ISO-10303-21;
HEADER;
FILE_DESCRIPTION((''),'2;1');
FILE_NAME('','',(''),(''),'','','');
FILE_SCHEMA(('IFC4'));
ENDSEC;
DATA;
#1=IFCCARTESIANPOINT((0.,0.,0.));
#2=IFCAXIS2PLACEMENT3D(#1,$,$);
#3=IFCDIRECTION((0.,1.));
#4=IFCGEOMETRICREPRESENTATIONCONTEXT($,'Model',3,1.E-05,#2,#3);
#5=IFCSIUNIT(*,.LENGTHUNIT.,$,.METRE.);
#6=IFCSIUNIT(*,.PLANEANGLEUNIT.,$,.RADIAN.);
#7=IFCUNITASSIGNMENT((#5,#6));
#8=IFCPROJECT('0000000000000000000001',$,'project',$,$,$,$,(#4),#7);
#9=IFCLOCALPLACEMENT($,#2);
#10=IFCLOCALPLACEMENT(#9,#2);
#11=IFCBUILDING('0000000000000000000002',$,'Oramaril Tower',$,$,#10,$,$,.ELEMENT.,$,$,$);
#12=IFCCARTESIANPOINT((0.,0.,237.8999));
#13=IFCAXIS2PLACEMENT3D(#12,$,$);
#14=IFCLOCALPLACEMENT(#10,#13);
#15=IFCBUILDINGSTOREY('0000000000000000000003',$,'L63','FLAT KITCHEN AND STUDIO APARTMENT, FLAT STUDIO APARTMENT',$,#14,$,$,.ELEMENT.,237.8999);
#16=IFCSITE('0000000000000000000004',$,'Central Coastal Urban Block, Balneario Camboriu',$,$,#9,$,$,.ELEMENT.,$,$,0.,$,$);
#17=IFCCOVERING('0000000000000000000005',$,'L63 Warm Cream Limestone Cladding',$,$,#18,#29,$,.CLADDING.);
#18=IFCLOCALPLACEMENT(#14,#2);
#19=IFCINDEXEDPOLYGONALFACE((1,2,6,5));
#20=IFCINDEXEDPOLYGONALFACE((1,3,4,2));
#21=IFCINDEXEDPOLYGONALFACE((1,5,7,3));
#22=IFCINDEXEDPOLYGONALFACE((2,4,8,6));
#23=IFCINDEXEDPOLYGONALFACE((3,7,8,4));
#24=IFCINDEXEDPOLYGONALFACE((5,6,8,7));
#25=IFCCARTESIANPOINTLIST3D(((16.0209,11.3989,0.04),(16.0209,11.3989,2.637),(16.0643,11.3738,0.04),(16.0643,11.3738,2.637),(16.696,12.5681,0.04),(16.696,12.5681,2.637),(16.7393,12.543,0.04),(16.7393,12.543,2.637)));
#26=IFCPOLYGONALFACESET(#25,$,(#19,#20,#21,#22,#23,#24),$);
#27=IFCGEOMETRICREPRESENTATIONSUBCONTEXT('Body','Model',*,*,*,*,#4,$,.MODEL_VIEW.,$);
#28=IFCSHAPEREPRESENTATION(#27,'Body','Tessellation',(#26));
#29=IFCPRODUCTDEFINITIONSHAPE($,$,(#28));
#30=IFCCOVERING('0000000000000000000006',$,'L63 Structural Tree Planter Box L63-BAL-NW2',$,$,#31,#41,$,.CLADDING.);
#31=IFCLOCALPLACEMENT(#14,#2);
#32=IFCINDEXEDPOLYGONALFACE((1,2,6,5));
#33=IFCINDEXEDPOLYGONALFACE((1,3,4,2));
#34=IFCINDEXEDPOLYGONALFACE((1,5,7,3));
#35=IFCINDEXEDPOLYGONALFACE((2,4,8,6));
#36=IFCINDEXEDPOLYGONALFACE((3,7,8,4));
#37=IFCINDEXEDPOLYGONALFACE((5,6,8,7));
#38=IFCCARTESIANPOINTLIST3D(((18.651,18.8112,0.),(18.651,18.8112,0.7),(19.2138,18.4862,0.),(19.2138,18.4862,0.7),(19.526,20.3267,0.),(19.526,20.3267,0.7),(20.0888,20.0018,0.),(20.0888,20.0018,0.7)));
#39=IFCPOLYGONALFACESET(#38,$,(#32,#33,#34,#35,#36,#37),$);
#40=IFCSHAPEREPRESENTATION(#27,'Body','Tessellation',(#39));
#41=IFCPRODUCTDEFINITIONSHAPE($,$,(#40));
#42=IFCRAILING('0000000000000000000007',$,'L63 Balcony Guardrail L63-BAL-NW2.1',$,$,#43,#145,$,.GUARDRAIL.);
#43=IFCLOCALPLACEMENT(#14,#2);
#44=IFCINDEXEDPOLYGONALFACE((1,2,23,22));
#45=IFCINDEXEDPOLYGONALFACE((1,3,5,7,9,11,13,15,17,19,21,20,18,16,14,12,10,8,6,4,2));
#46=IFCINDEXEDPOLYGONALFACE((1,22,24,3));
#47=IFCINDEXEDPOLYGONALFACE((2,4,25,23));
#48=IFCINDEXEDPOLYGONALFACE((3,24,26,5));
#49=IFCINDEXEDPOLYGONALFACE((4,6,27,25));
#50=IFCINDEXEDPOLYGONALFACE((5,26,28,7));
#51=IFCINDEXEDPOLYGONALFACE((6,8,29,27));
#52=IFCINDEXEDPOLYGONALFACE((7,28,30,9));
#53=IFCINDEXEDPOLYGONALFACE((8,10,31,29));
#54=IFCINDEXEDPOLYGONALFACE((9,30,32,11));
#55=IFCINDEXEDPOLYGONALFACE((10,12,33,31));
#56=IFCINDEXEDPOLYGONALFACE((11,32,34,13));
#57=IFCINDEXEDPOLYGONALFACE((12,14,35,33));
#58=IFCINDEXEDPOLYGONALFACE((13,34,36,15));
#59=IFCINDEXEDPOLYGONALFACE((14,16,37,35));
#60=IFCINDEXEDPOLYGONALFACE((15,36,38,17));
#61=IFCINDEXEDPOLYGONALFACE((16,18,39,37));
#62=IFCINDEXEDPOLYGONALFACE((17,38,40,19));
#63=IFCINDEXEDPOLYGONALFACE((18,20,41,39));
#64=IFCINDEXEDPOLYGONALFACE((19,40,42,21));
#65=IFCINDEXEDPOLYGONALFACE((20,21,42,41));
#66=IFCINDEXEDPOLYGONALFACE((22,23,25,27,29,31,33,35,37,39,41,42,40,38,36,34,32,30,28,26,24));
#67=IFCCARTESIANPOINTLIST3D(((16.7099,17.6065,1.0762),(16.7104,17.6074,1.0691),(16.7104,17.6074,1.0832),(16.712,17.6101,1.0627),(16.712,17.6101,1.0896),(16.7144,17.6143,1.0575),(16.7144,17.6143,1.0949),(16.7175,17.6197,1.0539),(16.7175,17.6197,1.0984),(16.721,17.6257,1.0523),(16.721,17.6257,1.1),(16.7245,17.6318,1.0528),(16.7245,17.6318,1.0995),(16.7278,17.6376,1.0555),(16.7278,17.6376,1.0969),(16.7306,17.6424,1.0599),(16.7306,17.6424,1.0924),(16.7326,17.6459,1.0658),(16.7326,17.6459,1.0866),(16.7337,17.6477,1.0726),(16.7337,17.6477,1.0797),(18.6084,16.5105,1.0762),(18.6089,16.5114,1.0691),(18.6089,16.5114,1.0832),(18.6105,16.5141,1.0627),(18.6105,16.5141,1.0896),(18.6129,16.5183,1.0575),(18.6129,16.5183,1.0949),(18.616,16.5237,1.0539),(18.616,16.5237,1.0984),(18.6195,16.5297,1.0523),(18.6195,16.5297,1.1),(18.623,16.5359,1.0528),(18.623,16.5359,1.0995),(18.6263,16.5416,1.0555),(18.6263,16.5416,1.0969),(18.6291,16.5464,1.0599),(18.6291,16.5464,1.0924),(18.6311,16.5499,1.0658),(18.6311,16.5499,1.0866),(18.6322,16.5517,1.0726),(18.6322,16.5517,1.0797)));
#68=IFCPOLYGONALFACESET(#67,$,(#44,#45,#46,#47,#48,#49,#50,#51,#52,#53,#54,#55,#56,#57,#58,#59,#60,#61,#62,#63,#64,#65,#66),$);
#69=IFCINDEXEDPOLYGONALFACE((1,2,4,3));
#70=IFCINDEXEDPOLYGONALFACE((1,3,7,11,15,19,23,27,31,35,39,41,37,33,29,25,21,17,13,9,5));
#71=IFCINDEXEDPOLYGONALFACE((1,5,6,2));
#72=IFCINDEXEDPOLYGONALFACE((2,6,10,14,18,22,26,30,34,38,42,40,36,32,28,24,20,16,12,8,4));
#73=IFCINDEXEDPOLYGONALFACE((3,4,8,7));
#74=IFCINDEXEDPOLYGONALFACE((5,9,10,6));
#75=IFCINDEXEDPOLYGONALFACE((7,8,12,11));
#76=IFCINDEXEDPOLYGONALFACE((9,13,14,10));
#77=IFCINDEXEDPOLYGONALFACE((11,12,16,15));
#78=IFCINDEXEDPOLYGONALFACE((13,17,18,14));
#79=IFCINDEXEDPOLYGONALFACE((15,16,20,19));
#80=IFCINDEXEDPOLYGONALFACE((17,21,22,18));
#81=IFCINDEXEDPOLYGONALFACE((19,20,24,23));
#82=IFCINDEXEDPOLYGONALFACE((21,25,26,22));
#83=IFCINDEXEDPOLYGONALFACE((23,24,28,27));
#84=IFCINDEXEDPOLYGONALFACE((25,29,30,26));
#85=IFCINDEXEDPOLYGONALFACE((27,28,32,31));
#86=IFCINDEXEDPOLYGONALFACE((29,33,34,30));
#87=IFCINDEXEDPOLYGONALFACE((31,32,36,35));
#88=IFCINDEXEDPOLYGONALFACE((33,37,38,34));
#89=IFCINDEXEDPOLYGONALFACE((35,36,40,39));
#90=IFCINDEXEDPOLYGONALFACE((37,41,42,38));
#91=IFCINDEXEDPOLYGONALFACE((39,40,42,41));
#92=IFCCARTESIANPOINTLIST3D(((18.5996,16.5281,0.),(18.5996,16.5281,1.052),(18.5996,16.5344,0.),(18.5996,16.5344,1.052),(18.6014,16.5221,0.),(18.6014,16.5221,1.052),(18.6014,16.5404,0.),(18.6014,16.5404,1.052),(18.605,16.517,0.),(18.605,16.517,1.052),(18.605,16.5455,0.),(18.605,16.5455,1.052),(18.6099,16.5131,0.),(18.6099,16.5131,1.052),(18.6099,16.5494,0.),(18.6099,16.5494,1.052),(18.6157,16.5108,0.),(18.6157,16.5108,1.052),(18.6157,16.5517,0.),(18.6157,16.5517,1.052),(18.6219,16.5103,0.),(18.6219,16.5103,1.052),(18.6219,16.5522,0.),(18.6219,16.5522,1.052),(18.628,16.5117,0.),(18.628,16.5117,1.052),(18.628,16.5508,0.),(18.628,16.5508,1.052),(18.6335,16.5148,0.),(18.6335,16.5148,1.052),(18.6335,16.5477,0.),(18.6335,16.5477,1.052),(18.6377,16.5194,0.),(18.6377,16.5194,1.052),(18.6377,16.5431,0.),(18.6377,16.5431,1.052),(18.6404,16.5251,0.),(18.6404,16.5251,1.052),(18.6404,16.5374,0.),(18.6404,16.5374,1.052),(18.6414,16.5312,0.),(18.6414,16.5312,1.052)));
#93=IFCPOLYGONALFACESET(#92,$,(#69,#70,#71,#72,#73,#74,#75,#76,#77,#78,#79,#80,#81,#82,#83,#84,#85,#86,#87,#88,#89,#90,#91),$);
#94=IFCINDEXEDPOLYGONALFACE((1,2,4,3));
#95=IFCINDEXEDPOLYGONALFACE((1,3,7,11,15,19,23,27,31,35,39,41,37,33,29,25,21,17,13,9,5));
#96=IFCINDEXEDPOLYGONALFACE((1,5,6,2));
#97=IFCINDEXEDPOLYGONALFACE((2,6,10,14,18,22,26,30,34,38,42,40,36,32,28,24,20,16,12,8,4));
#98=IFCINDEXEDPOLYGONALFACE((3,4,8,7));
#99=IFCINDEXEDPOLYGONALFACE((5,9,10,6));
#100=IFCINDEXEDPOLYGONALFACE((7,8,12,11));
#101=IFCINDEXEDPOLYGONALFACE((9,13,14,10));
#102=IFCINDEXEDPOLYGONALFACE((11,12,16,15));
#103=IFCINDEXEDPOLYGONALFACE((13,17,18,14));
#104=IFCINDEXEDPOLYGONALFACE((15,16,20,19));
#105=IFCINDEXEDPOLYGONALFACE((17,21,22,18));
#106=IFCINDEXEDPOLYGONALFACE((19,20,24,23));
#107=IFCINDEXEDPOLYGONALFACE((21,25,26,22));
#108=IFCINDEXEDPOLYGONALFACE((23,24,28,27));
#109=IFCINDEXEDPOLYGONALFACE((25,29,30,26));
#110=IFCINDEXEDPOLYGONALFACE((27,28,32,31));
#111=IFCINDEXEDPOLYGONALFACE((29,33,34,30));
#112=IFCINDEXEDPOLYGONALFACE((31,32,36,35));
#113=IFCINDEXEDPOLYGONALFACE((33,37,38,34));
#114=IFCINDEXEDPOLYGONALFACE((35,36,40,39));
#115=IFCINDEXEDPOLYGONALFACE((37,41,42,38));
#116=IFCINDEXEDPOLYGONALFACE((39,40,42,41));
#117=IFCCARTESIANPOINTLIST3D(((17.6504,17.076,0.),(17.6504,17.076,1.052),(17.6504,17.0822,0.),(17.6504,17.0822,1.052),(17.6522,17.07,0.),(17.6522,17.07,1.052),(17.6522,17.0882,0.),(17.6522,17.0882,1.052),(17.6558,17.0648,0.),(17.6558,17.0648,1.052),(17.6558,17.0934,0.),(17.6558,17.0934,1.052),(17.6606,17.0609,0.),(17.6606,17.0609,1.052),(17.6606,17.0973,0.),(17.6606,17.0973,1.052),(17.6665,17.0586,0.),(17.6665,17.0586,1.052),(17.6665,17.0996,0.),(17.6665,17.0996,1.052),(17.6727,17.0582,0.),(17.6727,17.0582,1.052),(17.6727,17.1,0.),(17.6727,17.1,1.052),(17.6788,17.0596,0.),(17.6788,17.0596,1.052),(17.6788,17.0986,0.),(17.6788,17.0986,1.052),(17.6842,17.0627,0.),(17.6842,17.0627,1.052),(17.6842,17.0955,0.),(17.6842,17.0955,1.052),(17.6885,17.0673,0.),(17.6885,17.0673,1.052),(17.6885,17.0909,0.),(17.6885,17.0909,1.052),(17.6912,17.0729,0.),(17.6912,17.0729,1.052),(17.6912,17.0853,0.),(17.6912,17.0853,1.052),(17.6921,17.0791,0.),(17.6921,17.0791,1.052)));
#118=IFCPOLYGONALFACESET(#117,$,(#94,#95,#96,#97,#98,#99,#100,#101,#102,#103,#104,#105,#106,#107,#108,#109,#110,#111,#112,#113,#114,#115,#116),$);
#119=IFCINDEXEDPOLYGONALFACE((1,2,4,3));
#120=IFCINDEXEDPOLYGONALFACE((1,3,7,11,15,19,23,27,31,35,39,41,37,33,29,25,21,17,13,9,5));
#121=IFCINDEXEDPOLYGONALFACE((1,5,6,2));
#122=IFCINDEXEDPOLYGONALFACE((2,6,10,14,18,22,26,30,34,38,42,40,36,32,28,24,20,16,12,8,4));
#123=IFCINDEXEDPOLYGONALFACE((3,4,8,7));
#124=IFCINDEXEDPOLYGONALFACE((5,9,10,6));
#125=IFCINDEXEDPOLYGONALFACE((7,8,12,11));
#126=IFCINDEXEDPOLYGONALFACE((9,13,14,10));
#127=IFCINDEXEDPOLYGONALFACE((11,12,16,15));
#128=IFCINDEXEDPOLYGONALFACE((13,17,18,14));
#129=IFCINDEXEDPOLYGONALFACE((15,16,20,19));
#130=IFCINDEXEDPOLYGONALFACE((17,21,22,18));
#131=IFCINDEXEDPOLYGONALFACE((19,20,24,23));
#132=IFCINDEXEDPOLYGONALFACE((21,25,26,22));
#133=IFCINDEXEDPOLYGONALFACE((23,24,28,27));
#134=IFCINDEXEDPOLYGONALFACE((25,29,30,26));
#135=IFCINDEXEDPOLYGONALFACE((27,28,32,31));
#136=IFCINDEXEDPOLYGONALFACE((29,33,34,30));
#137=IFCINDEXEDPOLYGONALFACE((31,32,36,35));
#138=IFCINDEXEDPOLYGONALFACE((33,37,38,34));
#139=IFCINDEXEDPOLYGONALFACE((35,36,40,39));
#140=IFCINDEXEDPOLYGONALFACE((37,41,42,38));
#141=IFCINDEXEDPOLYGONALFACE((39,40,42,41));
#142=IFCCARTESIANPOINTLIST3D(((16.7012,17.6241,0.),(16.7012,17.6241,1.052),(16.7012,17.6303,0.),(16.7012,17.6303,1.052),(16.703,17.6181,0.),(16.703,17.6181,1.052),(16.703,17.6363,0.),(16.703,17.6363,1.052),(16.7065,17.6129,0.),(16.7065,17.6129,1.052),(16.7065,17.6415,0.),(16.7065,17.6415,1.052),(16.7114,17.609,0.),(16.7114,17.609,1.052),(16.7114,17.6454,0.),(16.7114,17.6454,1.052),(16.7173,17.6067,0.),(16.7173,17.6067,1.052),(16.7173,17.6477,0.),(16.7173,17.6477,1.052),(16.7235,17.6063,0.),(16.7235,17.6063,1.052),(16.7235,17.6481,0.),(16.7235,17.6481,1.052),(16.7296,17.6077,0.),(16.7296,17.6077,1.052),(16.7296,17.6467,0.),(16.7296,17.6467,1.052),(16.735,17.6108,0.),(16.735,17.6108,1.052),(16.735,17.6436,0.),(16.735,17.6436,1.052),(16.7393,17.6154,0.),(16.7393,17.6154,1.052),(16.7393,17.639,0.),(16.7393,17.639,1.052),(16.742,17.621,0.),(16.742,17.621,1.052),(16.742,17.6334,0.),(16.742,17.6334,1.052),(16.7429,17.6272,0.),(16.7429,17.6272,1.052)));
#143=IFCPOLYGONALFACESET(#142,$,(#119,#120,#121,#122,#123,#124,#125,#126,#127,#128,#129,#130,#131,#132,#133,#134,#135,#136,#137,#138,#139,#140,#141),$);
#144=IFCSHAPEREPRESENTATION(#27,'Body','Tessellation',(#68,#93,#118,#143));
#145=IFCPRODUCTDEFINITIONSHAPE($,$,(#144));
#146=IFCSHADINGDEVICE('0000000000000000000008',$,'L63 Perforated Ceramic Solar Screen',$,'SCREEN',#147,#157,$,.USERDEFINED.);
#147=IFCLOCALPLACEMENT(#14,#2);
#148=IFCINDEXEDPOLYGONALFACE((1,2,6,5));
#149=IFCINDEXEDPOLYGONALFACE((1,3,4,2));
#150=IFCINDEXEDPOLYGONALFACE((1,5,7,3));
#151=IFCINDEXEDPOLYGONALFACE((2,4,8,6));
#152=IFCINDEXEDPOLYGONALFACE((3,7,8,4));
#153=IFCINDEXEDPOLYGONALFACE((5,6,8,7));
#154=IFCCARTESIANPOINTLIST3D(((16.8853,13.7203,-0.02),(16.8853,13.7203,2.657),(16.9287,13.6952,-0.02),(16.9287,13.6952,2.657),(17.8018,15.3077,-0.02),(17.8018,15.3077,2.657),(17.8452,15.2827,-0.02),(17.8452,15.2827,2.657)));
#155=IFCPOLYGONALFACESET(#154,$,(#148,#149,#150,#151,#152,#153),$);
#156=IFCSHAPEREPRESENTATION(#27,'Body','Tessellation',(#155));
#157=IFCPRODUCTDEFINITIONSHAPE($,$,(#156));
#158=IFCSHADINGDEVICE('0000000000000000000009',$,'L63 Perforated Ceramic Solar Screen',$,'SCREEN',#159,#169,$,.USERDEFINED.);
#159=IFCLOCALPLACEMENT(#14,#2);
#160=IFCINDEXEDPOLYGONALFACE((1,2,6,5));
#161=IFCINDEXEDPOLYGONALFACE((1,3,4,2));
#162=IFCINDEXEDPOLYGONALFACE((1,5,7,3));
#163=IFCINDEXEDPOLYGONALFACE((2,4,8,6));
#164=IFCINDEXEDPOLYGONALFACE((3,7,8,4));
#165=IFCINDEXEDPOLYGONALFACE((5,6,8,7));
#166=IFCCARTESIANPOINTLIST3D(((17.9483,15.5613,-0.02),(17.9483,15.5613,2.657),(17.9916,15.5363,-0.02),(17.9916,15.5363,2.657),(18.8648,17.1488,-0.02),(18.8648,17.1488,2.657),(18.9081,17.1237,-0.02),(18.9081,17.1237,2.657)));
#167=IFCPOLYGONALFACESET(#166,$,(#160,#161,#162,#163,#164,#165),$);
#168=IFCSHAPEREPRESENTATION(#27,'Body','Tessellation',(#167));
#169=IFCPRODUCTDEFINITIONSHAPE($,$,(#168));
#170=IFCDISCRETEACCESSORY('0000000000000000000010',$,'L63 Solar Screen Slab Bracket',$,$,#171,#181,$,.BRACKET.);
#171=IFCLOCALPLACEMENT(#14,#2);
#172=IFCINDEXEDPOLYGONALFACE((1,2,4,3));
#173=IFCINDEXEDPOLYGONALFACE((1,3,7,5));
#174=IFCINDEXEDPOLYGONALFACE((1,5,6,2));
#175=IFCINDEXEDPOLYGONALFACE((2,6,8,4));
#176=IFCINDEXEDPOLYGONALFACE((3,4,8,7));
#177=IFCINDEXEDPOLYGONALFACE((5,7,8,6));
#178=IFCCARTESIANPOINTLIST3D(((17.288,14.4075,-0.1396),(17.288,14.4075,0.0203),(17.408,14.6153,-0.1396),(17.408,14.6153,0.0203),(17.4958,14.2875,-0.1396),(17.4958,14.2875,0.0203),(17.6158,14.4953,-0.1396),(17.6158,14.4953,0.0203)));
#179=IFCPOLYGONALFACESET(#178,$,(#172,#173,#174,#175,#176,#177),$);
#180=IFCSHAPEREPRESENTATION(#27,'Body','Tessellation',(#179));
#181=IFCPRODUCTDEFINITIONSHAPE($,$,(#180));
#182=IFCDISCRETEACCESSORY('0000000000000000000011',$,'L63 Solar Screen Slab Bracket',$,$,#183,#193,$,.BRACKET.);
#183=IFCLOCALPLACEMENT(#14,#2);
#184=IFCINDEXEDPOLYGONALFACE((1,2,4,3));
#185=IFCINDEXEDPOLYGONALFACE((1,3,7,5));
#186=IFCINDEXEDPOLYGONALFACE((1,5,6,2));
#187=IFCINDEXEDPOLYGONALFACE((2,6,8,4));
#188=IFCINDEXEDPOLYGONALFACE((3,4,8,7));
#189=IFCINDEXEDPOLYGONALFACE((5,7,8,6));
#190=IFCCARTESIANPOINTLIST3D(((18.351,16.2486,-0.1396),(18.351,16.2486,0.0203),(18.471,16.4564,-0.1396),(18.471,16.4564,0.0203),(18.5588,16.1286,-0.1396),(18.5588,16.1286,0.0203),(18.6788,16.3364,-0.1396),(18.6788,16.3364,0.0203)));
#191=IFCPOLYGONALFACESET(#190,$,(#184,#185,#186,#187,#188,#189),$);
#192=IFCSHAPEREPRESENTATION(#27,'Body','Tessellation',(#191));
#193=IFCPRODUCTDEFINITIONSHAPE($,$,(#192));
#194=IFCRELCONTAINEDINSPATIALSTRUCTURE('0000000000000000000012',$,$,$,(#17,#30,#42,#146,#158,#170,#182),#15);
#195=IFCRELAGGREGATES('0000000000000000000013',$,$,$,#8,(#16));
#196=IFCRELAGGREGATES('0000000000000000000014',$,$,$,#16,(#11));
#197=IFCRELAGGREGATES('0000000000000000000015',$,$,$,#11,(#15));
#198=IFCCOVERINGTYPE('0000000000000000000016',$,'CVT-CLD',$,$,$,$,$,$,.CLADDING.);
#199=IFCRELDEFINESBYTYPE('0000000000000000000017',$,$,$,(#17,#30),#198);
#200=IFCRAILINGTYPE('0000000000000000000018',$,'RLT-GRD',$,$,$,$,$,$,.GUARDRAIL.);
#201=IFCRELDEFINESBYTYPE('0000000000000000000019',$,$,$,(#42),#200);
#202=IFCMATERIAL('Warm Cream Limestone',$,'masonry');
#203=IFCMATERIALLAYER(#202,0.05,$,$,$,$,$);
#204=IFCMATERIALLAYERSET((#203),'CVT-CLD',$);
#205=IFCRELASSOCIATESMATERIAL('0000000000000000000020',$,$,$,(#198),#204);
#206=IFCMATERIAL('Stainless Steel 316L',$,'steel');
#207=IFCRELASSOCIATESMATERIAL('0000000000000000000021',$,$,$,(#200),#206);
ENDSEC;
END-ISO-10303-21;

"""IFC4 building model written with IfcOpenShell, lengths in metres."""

from ifc_helpers import new_model, si_unit, direction, frame, origin, origin_2d, place, context, subcontext, project, spatial, rectangle, circle, extrude, material, layer, layer_set, type_object, element, save


model = new_model("IFC4")

# Units and contexts
model_context = context("Model", 3, precision=1e-05, world=origin(), true_north=direction((0.0, 1.0)))
body_context = subcontext(model_context, "Body", "Model", "MODEL_VIEW")
ifc_project = project(units=[si_unit("LENGTHUNIT", "METRE"), si_unit("PLANEANGLEUNIT", "RADIAN")], contexts=[model_context])

# Site, building, storey
site_placement = place(None, origin())
site = spatial("IfcSite", under=ifc_project, at=site_placement, Name="Central Coastal Urban Block, Balneario Camboriu", CompositionType="ELEMENT", RefElevation=0.0)
building_placement = place(site_placement, origin())
building = spatial("IfcBuilding", under=site, at=building_placement, Name="Oramaril Tower", CompositionType="ELEMENT")
storey_placement = place(building_placement, frame((0.0, 0.0, 237.8999)))
storey = spatial("IfcBuildingStorey", under=building, at=storey_placement, Name="L63", Description="FLAT KITCHEN AND STUDIO APARTMENT, FLAT STUDIO APARTMENT", CompositionType="ELEMENT", Elevation=237.8999)

# Coverings
ifc_material_1 = material(Name="Warm Cream Limestone", Category="masonry")
ifc_layer_1 = layer(ifc_material_1, 0.05)
ifc_layer_set_1 = layer_set([ifc_layer_1], Name="CVT-CLD")
covering_type = type_object("IfcCoveringType", Name="CVT-CLD", PredefinedType="CLADDING", material=ifc_layer_set_1)
covering_1_placement = place(storey_placement, frame((16.3801, 11.9709, 0.04), z_axis=(0.0, 0.0, 1.0), x_axis=(-0.500002, -0.866025, 0.0)))
element("IfcCovering", 1, at=covering_1_placement, inside=storey, type_object=covering_type, Name="L63 Warm Cream Limestone Cladding", PredefinedType="CLADDING", context=body_context, shape_type="SweptSolid", body=[
    extrude(rectangle(XDim=1.3501, YDim=0.05, at=origin_2d()), origin(), (0.0, 0.0, 1.0), 2.5969),
])
covering_2_placement = place(storey_placement, frame((19.3699, 19.4065, 0.0), z_axis=(0.0, 0.0, 1.0), x_axis=(-0.500002, -0.866025, 0.0)))
element("IfcCovering", 2, at=covering_2_placement, inside=storey, type_object=covering_type, Name="L63 Structural Tree Planter Box L63-BAL-NW2", PredefinedType="CLADDING", context=body_context, shape_type="SweptSolid", body=[
    extrude(rectangle(XDim=1.75, YDim=0.6499, at=origin_2d()), origin(), (0.0, 0.0, 1.0), 0.7),
])

# Railing
ifc_material_2 = material(Name="Stainless Steel 316L", Category="steel")
railing_type = type_object("IfcRailingType", Name="RLT-GRD", PredefinedType="GUARDRAIL", material=ifc_material_2)
railing_1_placement = place(storey_placement, frame((18.6204, 16.5312, 0.0)))
element("IfcRailing", 3, at=railing_1_placement, inside=storey, type_object=railing_type, Name="L63 Balcony Guardrail L63-BAL-NW2.1", PredefinedType="GUARDRAIL", context=body_context, shape_type="SweptSolid", body=[
    extrude(circle(Radius=0.0239, at=origin_2d()), frame((0.0, 0.0, 1.0762), z_axis=(-0.866048, 0.49996, 0.0), x_axis=(-0.49996, -0.866048, 0.0)), (0.0, 0.0, 1.0), 2.1921),
    extrude(circle(Radius=0.021, at=origin_2d()), origin(), (0.0, 0.0, 1.0), 1.052),
    extrude(circle(Radius=0.021, at=origin_2d()), frame((-0.9492, 0.5479, 0.0)), (0.0, 0.0, 1.0), 1.052),
    extrude(circle(Radius=0.021, at=origin_2d()), frame((-1.8984, 1.0959, 0.0)), (0.0, 0.0, 1.0), 1.052),
])

# Shading devices
for number, where, z_axis, x_axis, name in (
    (4, (17.3652, 14.5015, -0.02), (0.0, 0.0, 1.0), (-0.500002, -0.866025, 0.0), "L63 Perforated Ceramic Solar Screen"),
    (5, (18.4282, 16.3425, -0.02), (0.0, 0.0, 1.0), (-0.500002, -0.866025, 0.0), "L63 Perforated Ceramic Solar Screen"),
):
    element("IfcShadingDevice", number, at=place(storey_placement, frame(where, z_axis=z_axis, x_axis=x_axis)), inside=storey, Name=name, ObjectType="SCREEN", PredefinedType="USERDEFINED", context=body_context, shape_type="SweptSolid", body=[
        extrude(rectangle(XDim=1.833, YDim=0.05, at=origin_2d()), origin(), (0.0, 0.0, 1.0), 2.677),
    ])

# Discrete accessories
for number, where, z_axis, x_axis, name in (
    (6, (17.4519, 14.4514, -0.1396), (0.0, 0.0, 1.0), (-0.500002, -0.866025, 0.0), "L63 Solar Screen Slab Bracket"),
    (7, (18.5149, 16.2925, -0.1396), (0.0, 0.0, 1.0), (-0.500002, -0.866025, 0.0), "L63 Solar Screen Slab Bracket"),
):
    element("IfcDiscreteAccessory", number, at=place(storey_placement, frame(where, z_axis=z_axis, x_axis=x_axis)), inside=storey, Name=name, PredefinedType="BRACKET", context=body_context, shape_type="SweptSolid", body=[
        extrude(rectangle(XDim=0.24, YDim=0.24, at=origin_2d()), origin(), (0.0, 0.0, 1.0), 0.1599),
    ])

save(model, "model.ifc")
